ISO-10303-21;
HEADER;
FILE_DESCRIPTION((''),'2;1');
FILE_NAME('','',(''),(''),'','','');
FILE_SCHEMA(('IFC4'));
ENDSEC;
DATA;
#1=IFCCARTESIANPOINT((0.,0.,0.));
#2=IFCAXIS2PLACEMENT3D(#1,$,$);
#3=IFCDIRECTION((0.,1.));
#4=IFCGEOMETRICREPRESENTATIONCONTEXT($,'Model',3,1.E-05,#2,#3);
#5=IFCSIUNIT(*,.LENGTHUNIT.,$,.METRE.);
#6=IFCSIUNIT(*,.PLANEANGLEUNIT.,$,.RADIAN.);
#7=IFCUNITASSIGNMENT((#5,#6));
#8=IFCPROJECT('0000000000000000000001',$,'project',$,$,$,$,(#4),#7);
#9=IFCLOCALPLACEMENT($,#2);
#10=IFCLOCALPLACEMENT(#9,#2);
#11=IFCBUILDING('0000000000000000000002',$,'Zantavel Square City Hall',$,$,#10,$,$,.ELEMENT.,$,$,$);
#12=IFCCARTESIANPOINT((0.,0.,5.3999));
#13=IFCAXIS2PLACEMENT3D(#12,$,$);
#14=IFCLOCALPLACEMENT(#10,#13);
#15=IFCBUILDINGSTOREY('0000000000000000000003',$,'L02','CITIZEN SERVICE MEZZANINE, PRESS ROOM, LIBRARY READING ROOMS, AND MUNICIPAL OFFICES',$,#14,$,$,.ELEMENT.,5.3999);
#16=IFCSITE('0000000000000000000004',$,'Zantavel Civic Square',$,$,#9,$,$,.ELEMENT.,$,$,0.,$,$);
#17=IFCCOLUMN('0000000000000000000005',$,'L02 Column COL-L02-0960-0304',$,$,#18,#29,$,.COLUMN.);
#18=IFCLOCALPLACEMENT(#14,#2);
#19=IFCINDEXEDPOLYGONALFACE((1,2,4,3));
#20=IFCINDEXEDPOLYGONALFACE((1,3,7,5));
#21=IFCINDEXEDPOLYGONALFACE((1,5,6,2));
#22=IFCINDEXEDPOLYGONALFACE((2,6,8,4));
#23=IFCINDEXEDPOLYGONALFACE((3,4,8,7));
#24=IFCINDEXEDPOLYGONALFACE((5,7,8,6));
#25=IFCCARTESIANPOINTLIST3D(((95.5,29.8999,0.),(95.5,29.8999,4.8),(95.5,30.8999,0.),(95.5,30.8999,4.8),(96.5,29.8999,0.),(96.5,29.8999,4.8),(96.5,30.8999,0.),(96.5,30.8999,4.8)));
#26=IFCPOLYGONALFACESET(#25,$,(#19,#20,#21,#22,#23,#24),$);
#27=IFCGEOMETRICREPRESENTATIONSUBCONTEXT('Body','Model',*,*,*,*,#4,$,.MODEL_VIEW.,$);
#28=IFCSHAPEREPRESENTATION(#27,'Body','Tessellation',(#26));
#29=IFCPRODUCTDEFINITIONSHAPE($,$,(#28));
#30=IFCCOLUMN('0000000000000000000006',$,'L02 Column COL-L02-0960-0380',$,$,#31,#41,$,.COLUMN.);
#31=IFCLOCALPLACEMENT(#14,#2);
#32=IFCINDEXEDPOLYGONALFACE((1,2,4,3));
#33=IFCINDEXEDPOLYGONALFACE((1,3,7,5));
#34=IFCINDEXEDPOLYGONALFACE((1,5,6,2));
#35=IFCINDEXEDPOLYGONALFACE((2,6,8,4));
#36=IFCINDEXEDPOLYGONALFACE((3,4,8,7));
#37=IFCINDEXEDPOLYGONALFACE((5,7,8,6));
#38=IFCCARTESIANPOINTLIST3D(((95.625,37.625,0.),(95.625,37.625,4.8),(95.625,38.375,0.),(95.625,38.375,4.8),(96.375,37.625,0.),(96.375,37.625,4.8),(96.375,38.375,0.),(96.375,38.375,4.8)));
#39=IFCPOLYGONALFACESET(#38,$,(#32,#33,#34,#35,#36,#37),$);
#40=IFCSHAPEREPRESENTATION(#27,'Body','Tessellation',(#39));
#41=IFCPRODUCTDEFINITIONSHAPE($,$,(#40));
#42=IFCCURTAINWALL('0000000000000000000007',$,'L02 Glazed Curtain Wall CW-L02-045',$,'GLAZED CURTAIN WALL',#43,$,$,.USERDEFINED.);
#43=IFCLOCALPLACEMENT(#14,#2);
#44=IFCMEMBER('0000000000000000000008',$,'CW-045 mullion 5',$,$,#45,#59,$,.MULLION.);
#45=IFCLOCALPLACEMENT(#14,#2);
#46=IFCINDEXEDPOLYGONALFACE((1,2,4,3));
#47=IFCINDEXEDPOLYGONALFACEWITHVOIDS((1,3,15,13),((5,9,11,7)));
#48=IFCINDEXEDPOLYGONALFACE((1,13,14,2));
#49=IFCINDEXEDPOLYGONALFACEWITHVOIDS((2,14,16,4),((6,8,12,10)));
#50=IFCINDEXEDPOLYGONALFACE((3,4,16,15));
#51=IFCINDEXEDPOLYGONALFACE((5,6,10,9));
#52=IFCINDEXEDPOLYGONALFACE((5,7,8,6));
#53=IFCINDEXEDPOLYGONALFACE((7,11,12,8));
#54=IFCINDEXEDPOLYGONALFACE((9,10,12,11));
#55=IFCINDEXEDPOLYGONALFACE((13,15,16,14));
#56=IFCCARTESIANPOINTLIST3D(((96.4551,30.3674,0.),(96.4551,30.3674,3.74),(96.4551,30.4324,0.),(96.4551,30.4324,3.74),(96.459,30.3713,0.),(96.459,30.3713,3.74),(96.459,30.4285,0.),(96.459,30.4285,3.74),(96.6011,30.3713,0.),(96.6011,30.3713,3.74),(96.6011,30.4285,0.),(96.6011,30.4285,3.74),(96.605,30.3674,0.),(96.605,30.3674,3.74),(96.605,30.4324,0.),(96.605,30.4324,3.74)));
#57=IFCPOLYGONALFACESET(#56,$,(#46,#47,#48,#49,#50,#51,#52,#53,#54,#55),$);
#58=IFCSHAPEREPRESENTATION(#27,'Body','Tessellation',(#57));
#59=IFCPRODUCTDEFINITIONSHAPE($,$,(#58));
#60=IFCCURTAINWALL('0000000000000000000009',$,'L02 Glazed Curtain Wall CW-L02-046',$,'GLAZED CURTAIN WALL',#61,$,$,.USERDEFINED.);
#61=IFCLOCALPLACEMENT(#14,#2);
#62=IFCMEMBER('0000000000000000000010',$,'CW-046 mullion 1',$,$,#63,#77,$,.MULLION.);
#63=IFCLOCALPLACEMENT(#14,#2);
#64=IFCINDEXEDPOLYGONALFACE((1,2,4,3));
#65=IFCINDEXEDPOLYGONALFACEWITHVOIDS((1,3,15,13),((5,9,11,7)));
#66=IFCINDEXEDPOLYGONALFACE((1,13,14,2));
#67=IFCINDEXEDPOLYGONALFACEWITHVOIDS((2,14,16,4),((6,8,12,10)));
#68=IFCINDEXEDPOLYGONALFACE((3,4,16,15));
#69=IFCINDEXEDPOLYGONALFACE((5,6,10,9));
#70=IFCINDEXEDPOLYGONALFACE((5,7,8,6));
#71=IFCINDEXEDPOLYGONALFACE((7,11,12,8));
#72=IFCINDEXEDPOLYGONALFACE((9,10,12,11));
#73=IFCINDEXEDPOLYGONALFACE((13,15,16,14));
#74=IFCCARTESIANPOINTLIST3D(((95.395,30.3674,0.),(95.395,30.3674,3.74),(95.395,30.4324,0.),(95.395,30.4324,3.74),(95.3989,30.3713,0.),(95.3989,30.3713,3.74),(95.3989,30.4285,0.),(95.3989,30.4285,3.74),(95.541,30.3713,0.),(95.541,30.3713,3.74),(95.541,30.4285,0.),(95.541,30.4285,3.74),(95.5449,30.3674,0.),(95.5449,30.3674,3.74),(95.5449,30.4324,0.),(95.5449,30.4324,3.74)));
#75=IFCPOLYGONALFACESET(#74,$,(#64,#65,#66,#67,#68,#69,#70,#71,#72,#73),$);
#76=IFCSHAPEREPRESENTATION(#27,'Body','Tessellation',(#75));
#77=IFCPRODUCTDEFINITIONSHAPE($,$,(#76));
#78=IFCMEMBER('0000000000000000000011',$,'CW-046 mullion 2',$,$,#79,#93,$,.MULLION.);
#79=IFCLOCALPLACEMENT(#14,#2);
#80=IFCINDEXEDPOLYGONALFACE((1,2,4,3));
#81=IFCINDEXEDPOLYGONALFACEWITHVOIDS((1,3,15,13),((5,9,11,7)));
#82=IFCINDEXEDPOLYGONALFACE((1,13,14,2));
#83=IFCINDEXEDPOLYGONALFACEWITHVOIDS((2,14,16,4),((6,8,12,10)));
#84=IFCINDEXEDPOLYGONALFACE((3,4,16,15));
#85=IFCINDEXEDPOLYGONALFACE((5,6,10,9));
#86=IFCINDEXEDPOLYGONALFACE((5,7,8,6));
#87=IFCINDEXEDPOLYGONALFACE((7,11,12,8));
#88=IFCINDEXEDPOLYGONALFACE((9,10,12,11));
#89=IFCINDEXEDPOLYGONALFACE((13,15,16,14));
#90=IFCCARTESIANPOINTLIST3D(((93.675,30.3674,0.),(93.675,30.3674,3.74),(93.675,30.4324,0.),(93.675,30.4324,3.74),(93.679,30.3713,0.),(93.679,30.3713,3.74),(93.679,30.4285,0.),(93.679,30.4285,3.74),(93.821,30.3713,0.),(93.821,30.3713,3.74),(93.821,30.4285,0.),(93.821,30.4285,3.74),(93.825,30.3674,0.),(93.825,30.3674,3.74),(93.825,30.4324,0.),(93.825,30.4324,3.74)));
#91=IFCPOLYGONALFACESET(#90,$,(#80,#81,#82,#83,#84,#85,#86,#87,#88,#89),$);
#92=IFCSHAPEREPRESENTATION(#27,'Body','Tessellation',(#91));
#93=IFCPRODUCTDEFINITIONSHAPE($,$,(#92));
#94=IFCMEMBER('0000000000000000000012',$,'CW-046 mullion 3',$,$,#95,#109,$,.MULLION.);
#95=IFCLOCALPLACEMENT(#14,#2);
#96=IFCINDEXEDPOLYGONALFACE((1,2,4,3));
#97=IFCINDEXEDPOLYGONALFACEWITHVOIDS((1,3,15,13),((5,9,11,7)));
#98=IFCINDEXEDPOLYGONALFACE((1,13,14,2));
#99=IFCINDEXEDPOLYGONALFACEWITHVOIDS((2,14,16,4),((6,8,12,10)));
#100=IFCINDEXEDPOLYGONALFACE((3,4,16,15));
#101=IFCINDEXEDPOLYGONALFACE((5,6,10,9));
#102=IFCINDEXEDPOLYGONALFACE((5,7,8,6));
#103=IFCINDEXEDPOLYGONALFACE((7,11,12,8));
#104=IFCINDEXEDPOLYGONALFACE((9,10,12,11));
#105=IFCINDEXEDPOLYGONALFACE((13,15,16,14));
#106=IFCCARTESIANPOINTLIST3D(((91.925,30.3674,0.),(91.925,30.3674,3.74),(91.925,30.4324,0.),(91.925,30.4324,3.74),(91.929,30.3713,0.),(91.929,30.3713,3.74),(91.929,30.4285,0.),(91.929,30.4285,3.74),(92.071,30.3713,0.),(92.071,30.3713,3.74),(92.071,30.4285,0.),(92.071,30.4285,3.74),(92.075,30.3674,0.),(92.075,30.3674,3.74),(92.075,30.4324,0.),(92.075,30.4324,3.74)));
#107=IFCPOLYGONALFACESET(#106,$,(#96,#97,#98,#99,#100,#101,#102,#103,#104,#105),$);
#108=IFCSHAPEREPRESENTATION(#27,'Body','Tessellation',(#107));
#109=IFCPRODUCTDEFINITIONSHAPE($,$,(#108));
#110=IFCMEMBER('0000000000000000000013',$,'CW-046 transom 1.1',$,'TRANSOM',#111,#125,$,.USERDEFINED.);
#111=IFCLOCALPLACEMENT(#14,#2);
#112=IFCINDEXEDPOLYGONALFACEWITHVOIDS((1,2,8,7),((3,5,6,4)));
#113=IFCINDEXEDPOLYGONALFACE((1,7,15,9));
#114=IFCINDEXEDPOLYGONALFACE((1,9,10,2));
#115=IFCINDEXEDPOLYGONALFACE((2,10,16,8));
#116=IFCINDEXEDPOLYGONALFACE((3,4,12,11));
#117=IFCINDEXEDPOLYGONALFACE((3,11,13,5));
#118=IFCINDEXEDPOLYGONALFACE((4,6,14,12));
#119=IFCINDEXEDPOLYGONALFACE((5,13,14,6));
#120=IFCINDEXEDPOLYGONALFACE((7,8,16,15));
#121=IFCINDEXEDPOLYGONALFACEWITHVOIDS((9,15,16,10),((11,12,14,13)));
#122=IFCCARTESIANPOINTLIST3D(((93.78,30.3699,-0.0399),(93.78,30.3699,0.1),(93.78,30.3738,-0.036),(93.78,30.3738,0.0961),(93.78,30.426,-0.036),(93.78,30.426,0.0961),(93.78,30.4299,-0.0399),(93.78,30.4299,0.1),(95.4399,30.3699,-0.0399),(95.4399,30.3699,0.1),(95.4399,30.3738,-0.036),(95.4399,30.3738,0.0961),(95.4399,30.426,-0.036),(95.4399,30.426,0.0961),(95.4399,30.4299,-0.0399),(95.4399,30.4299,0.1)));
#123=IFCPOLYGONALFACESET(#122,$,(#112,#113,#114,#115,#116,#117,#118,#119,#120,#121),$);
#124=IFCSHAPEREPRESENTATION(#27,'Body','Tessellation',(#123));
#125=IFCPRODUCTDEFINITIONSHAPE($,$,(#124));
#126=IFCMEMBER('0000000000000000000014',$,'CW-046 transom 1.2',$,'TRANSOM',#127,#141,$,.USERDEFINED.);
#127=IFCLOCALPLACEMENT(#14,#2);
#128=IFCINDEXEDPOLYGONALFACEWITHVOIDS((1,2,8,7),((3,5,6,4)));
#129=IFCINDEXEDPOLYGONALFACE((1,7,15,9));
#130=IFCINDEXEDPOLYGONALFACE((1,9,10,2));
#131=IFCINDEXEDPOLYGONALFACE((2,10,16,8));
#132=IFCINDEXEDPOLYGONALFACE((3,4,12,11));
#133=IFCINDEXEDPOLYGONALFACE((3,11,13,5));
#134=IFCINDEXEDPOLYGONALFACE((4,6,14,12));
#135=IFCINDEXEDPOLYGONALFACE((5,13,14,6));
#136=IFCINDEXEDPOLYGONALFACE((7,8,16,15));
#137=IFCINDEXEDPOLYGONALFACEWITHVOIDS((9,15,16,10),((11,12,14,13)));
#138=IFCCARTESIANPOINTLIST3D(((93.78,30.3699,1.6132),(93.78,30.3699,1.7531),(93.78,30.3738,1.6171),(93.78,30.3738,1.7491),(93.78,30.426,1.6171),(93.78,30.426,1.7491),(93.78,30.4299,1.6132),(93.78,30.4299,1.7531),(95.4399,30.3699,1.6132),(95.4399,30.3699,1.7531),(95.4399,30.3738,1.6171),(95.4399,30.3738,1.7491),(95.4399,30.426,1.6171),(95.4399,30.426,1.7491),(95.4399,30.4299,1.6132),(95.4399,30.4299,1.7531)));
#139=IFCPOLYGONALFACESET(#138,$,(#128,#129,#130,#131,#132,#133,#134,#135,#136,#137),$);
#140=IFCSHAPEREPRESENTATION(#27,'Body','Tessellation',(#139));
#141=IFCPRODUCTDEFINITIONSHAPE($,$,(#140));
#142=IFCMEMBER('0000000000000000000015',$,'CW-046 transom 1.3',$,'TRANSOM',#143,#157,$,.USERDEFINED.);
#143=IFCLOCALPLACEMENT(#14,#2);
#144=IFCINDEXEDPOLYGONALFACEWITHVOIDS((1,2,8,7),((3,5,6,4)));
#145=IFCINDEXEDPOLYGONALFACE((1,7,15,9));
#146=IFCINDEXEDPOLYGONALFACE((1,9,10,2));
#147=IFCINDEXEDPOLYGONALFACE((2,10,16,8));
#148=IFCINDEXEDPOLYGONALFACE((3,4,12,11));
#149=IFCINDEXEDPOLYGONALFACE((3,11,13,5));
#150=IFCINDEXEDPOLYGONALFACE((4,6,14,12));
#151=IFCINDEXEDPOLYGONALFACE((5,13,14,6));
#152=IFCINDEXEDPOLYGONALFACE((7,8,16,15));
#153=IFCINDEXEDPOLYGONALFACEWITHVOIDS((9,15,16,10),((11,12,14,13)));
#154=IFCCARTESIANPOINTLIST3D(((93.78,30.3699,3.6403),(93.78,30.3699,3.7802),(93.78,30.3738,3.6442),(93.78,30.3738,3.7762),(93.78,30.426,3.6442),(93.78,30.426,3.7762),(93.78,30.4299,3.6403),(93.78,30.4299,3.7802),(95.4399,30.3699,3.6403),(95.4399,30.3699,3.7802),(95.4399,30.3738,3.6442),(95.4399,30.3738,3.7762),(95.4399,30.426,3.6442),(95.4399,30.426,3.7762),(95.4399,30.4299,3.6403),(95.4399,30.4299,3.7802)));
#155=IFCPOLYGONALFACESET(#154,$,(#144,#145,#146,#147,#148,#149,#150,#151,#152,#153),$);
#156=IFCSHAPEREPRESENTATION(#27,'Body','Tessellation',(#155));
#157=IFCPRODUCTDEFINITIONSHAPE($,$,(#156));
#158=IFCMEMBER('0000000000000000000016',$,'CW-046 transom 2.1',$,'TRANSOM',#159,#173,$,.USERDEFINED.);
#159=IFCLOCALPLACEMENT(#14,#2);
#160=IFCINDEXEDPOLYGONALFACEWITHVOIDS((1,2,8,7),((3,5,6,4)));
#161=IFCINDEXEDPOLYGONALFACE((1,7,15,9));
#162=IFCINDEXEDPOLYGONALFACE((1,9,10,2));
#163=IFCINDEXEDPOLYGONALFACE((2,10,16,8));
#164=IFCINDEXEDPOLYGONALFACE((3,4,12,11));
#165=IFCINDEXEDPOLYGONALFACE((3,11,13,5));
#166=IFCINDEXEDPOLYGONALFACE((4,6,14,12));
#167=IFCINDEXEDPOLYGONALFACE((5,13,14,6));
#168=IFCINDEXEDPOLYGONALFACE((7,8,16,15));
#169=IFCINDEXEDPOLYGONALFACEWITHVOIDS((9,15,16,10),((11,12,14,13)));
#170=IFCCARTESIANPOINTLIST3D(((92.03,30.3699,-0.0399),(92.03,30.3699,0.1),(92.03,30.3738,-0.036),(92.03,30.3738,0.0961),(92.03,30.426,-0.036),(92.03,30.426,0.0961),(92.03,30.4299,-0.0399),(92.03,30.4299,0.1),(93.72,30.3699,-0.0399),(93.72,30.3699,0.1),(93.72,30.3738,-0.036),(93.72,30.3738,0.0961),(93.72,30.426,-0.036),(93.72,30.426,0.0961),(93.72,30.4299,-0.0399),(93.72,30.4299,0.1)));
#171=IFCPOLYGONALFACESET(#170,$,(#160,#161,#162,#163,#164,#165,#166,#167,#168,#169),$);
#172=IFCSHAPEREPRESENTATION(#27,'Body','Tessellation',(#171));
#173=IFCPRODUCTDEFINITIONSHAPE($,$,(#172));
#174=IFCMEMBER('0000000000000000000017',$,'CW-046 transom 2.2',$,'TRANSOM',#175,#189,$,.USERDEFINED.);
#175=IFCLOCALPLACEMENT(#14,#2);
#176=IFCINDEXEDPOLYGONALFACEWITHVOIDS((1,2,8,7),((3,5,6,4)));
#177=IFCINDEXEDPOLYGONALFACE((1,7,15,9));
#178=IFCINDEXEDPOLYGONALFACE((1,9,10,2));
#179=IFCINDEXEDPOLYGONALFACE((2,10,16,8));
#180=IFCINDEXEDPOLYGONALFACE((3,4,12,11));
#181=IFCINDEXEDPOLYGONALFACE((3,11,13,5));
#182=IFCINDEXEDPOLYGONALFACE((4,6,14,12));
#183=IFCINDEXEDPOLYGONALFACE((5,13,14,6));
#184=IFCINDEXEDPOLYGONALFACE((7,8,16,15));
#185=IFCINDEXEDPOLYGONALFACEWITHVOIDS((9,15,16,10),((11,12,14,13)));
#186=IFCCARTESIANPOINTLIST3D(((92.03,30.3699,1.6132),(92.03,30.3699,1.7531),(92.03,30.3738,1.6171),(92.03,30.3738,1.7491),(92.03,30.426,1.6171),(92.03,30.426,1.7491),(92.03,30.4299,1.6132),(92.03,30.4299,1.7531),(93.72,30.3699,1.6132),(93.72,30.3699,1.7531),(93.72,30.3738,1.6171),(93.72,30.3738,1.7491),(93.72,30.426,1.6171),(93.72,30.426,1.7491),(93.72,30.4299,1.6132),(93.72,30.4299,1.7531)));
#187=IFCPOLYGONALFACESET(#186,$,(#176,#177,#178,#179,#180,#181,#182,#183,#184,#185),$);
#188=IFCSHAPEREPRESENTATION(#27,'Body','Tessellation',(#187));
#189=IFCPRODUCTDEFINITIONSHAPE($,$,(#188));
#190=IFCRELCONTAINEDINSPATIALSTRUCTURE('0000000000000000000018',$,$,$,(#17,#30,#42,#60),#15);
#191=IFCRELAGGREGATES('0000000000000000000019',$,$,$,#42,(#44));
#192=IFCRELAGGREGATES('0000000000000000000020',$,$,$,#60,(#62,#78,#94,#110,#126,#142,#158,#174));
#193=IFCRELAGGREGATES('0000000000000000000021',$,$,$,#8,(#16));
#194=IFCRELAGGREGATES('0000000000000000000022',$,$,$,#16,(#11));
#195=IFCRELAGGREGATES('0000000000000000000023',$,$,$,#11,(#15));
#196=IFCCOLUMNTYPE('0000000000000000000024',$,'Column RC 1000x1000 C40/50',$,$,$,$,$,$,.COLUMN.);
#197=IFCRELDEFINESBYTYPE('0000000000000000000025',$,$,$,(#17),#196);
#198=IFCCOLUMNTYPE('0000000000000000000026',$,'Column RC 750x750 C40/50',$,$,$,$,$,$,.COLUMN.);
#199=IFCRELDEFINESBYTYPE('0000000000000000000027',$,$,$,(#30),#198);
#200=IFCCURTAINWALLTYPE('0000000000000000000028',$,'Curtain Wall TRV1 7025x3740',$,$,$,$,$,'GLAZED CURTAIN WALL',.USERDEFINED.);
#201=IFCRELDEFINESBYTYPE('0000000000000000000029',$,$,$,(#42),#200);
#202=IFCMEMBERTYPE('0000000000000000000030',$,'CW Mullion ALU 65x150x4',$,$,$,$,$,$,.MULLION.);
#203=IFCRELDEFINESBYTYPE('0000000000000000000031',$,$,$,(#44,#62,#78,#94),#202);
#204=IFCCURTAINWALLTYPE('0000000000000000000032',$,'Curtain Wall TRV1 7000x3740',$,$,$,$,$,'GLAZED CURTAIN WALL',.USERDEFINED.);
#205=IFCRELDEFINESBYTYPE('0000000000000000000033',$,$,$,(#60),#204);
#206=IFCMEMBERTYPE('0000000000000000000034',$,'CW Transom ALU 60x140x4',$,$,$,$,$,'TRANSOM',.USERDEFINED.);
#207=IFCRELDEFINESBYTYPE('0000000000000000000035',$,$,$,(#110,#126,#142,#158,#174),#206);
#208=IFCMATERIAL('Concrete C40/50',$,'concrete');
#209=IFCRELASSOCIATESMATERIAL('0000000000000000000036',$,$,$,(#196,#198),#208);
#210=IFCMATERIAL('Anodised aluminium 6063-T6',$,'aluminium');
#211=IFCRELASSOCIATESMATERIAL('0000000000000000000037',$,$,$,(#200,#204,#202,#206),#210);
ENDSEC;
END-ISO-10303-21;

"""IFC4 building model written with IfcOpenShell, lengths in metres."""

from ifc_helpers import new_model, si_unit, direction, frame, origin, origin_2d, place, context, subcontext, project, spatial, rectangle, hollow_rectangle, extrude, material, material_profile, profile_set, type_object, element, aggregate, save


model = new_model("IFC4")

# Units and contexts
model_context = context("Model", 3, precision=1e-05, world=origin(), true_north=direction((0.0, 1.0)))
body_context = subcontext(model_context, "Body", "Model", "MODEL_VIEW")
ifc_project = project(units=[si_unit("LENGTHUNIT", "METRE"), si_unit("PLANEANGLEUNIT", "RADIAN")], contexts=[model_context])

# Site, building, storey
site_placement = place(None, origin())
site = spatial("IfcSite", under=ifc_project, at=site_placement, Name="Zantavel Civic Square", CompositionType="ELEMENT", RefElevation=0.0)
building_placement = place(site_placement, origin())
building = spatial("IfcBuilding", under=site, at=building_placement, Name="Zantavel Square City Hall", CompositionType="ELEMENT")
storey_placement = place(building_placement, frame((0.0, 0.0, 5.3999)))
storey = spatial("IfcBuildingStorey", under=building, at=storey_placement, Name="L02", Description="CITIZEN SERVICE MEZZANINE, PRESS ROOM, LIBRARY READING ROOMS, AND MUNICIPAL OFFICES", CompositionType="ELEMENT", Elevation=5.3999)

# Columns
ifc_material_1 = material(Name="Concrete C40/50", Category="concrete")
ifc_material_profile_1 = material_profile(ifc_material_1, rectangle(XDim=1.0, YDim=1.0, at=origin_2d()), Name="RC 1000x1000")
ifc_profile_set_1 = profile_set([ifc_material_profile_1], Name="Concrete C40/50")
column_type_1 = type_object("IfcColumnType", Name="Column RC 1000x1000 C40/50", PredefinedType="COLUMN", material=ifc_profile_set_1)
column_1_placement = place(storey_placement, frame((96.0, 30.3999, 0.0), z_axis=(0.0, 0.0, 1.0), x_axis=(1.0, 0.0, 0.0)))
element("IfcColumn", 1, at=column_1_placement, inside=storey, type_object=column_type_1, Name="L02 Column COL-L02-0960-0304", PredefinedType="COLUMN", context=body_context, shape_type="SweptSolid", body=[
    extrude(rectangle(XDim=1.0, YDim=1.0, at=origin_2d()), origin(), (0.0, 0.0, 1.0), 4.8),
])
ifc_material_profile_2 = material_profile(ifc_material_1, rectangle(XDim=0.75, YDim=0.75, at=origin_2d()), Name="RC 750x750")
ifc_profile_set_2 = profile_set([ifc_material_profile_2], Name="Concrete C40/50")
column_type_2 = type_object("IfcColumnType", Name="Column RC 750x750 C40/50", PredefinedType="COLUMN", material=ifc_profile_set_2)
column_2_placement = place(storey_placement, frame((96.0, 38.0, 0.0), z_axis=(0.0, 0.0, 1.0), x_axis=(1.0, 0.0, 0.0)))
element("IfcColumn", 2, at=column_2_placement, inside=storey, type_object=column_type_2, Name="L02 Column COL-L02-0960-0380", PredefinedType="COLUMN", context=body_context, shape_type="SweptSolid", body=[
    extrude(rectangle(XDim=0.75, YDim=0.75, at=origin_2d()), origin(), (0.0, 0.0, 1.0), 4.8),
])

# Curtain wall, member
ifc_material_2 = material(Name="Anodised aluminium 6063-T6", Category="aluminium")
curtain_wall_type_1 = type_object("IfcCurtainWallType", Name="Curtain Wall TRV1 7025x3740", ElementType="GLAZED CURTAIN WALL", PredefinedType="USERDEFINED", material=ifc_material_2)
curtain_wall_1_placement = place(storey_placement, origin())
curtain_wall_1 = element("IfcCurtainWall", 3, at=curtain_wall_1_placement, inside=storey, type_object=curtain_wall_type_1, Name="L02 Glazed Curtain Wall CW-L02-045", ObjectType="GLAZED CURTAIN WALL", PredefinedType="USERDEFINED")
ifc_material_profile_3 = material_profile(ifc_material_2, hollow_rectangle(XDim=0.0649, YDim=0.1499, WallThickness=0.0039, at=origin_2d()), Name="ALU 65x150x4")
ifc_profile_set_3 = profile_set([ifc_material_profile_3], Name="Anodised aluminium 6063-T6")
member_type_1 = type_object("IfcMemberType", Name="CW Mullion ALU 65x150x4", PredefinedType="MULLION", material=ifc_profile_set_3)
member_1_placement = place(storey_placement, frame((96.53, 30.3999, 0.0), z_axis=(0.0, 0.0, 1.0), x_axis=(0.0, -1.0, 0.0)))
member_1 = element("IfcMember", 4, at=member_1_placement, type_object=member_type_1, Name="CW-045 mullion 5", PredefinedType="MULLION", context=body_context, shape_type="SweptSolid", body=[
    extrude(hollow_rectangle(XDim=0.0649, YDim=0.1499, WallThickness=0.0039, at=origin_2d()), origin(), (0.0, 0.0, 1.0), 3.74),
])
aggregate(curtain_wall_1, [member_1])

# Curtain wall, members
curtain_wall_type_2 = type_object("IfcCurtainWallType", Name="Curtain Wall TRV1 7000x3740", ElementType="GLAZED CURTAIN WALL", PredefinedType="USERDEFINED", material=ifc_material_2)
curtain_wall_2_placement = place(storey_placement, origin())
curtain_wall_2 = element("IfcCurtainWall", 5, at=curtain_wall_2_placement, inside=storey, type_object=curtain_wall_type_2, Name="L02 Glazed Curtain Wall CW-L02-046", ObjectType="GLAZED CURTAIN WALL", PredefinedType="USERDEFINED")
member_2_placement = place(storey_placement, frame((95.47, 30.3999, 0.0), z_axis=(0.0, 0.0, 1.0), x_axis=(0.0, -1.0, 0.0)))
member_2 = element("IfcMember", 6, at=member_2_placement, type_object=member_type_1, Name="CW-046 mullion 1", PredefinedType="MULLION", context=body_context, shape_type="SweptSolid", body=[
    extrude(hollow_rectangle(XDim=0.0649, YDim=0.1499, WallThickness=0.0039, at=origin_2d()), origin(), (0.0, 0.0, 1.0), 3.74),
])
member_3_placement = place(storey_placement, frame((93.75, 30.3999, 0.0), z_axis=(0.0, 0.0, 1.0), x_axis=(0.0, -1.0, 0.0)))
member_3 = element("IfcMember", 7, at=member_3_placement, type_object=member_type_1, Name="CW-046 mullion 2", PredefinedType="MULLION", context=body_context, shape_type="SweptSolid", body=[
    extrude(hollow_rectangle(XDim=0.0649, YDim=0.1499, WallThickness=0.0039, at=origin_2d()), origin(), (0.0, 0.0, 1.0), 3.74),
])
member_4_placement = place(storey_placement, frame((92.0, 30.3999, 0.0), z_axis=(0.0, 0.0, 1.0), x_axis=(0.0, -1.0, 0.0)))
member_4 = element("IfcMember", 8, at=member_4_placement, type_object=member_type_1, Name="CW-046 mullion 3", PredefinedType="MULLION", context=body_context, shape_type="SweptSolid", body=[
    extrude(hollow_rectangle(XDim=0.0649, YDim=0.1499, WallThickness=0.0039, at=origin_2d()), origin(), (0.0, 0.0, 1.0), 3.74),
])
ifc_material_profile_4 = material_profile(ifc_material_2, hollow_rectangle(XDim=0.0601, YDim=0.1399, WallThickness=0.0039, at=origin_2d()), Name="ALU 60x140x4")
ifc_profile_set_4 = profile_set([ifc_material_profile_4], Name="Anodised aluminium 6063-T6")
member_type_2 = type_object("IfcMemberType", Name="CW Transom ALU 60x140x4", ElementType="TRANSOM", PredefinedType="USERDEFINED", material=ifc_profile_set_4)
member_5_placement = place(storey_placement, frame((95.4399, 30.3999, 0.03), z_axis=(-1.0, 0.0, 0.0), x_axis=(0.0, -1.0, 0.0)))
member_5 = element("IfcMember", 9, at=member_5_placement, type_object=member_type_2, Name="CW-046 transom 1.1", ObjectType="TRANSOM", PredefinedType="USERDEFINED", context=body_context, shape_type="SweptSolid", body=[
    extrude(hollow_rectangle(XDim=0.0601, YDim=0.1399, WallThickness=0.0039, at=origin_2d()), origin(), (0.0, 0.0, 1.0), 1.6599),
])
member_6_placement = place(storey_placement, frame((95.4399, 30.3999, 1.6831), z_axis=(-1.0, 0.0, 0.0), x_axis=(0.0, -1.0, 0.0)))
member_6 = element("IfcMember", 10, at=member_6_placement, type_object=member_type_2, Name="CW-046 transom 1.2", ObjectType="TRANSOM", PredefinedType="USERDEFINED", context=body_context, shape_type="SweptSolid", body=[
    extrude(hollow_rectangle(XDim=0.0601, YDim=0.1399, WallThickness=0.0039, at=origin_2d()), origin(), (0.0, 0.0, 1.0), 1.6599),
])
member_7_placement = place(storey_placement, frame((95.4399, 30.3999, 3.7102), z_axis=(-1.0, 0.0, 0.0), x_axis=(0.0, -1.0, 0.0)))
member_7 = element("IfcMember", 11, at=member_7_placement, type_object=member_type_2, Name="CW-046 transom 1.3", ObjectType="TRANSOM", PredefinedType="USERDEFINED", context=body_context, shape_type="SweptSolid", body=[
    extrude(hollow_rectangle(XDim=0.0601, YDim=0.1399, WallThickness=0.0039, at=origin_2d()), origin(), (0.0, 0.0, 1.0), 1.6599),
])
member_8_placement = place(storey_placement, frame((93.72, 30.3999, 0.03), z_axis=(-1.0, 0.0, 0.0), x_axis=(0.0, -1.0, 0.0)))
member_8 = element("IfcMember", 12, at=member_8_placement, type_object=member_type_2, Name="CW-046 transom 2.1", ObjectType="TRANSOM", PredefinedType="USERDEFINED", context=body_context, shape_type="SweptSolid", body=[
    extrude(hollow_rectangle(XDim=0.0601, YDim=0.1399, WallThickness=0.0039, at=origin_2d()), origin(), (0.0, 0.0, 1.0), 1.6899),
])
member_9_placement = place(storey_placement, frame((93.72, 30.3999, 1.6831), z_axis=(-1.0, 0.0, 0.0), x_axis=(0.0, -1.0, 0.0)))
member_9 = element("IfcMember", 13, at=member_9_placement, type_object=member_type_2, Name="CW-046 transom 2.2", ObjectType="TRANSOM", PredefinedType="USERDEFINED", context=body_context, shape_type="SweptSolid", body=[
    extrude(hollow_rectangle(XDim=0.0601, YDim=0.1399, WallThickness=0.0039, at=origin_2d()), origin(), (0.0, 0.0, 1.0), 1.6899),
])

aggregate(curtain_wall_2, [member_2, member_3, member_4, member_5, member_6, member_7, member_8, member_9])

save(model, "model.ifc")
